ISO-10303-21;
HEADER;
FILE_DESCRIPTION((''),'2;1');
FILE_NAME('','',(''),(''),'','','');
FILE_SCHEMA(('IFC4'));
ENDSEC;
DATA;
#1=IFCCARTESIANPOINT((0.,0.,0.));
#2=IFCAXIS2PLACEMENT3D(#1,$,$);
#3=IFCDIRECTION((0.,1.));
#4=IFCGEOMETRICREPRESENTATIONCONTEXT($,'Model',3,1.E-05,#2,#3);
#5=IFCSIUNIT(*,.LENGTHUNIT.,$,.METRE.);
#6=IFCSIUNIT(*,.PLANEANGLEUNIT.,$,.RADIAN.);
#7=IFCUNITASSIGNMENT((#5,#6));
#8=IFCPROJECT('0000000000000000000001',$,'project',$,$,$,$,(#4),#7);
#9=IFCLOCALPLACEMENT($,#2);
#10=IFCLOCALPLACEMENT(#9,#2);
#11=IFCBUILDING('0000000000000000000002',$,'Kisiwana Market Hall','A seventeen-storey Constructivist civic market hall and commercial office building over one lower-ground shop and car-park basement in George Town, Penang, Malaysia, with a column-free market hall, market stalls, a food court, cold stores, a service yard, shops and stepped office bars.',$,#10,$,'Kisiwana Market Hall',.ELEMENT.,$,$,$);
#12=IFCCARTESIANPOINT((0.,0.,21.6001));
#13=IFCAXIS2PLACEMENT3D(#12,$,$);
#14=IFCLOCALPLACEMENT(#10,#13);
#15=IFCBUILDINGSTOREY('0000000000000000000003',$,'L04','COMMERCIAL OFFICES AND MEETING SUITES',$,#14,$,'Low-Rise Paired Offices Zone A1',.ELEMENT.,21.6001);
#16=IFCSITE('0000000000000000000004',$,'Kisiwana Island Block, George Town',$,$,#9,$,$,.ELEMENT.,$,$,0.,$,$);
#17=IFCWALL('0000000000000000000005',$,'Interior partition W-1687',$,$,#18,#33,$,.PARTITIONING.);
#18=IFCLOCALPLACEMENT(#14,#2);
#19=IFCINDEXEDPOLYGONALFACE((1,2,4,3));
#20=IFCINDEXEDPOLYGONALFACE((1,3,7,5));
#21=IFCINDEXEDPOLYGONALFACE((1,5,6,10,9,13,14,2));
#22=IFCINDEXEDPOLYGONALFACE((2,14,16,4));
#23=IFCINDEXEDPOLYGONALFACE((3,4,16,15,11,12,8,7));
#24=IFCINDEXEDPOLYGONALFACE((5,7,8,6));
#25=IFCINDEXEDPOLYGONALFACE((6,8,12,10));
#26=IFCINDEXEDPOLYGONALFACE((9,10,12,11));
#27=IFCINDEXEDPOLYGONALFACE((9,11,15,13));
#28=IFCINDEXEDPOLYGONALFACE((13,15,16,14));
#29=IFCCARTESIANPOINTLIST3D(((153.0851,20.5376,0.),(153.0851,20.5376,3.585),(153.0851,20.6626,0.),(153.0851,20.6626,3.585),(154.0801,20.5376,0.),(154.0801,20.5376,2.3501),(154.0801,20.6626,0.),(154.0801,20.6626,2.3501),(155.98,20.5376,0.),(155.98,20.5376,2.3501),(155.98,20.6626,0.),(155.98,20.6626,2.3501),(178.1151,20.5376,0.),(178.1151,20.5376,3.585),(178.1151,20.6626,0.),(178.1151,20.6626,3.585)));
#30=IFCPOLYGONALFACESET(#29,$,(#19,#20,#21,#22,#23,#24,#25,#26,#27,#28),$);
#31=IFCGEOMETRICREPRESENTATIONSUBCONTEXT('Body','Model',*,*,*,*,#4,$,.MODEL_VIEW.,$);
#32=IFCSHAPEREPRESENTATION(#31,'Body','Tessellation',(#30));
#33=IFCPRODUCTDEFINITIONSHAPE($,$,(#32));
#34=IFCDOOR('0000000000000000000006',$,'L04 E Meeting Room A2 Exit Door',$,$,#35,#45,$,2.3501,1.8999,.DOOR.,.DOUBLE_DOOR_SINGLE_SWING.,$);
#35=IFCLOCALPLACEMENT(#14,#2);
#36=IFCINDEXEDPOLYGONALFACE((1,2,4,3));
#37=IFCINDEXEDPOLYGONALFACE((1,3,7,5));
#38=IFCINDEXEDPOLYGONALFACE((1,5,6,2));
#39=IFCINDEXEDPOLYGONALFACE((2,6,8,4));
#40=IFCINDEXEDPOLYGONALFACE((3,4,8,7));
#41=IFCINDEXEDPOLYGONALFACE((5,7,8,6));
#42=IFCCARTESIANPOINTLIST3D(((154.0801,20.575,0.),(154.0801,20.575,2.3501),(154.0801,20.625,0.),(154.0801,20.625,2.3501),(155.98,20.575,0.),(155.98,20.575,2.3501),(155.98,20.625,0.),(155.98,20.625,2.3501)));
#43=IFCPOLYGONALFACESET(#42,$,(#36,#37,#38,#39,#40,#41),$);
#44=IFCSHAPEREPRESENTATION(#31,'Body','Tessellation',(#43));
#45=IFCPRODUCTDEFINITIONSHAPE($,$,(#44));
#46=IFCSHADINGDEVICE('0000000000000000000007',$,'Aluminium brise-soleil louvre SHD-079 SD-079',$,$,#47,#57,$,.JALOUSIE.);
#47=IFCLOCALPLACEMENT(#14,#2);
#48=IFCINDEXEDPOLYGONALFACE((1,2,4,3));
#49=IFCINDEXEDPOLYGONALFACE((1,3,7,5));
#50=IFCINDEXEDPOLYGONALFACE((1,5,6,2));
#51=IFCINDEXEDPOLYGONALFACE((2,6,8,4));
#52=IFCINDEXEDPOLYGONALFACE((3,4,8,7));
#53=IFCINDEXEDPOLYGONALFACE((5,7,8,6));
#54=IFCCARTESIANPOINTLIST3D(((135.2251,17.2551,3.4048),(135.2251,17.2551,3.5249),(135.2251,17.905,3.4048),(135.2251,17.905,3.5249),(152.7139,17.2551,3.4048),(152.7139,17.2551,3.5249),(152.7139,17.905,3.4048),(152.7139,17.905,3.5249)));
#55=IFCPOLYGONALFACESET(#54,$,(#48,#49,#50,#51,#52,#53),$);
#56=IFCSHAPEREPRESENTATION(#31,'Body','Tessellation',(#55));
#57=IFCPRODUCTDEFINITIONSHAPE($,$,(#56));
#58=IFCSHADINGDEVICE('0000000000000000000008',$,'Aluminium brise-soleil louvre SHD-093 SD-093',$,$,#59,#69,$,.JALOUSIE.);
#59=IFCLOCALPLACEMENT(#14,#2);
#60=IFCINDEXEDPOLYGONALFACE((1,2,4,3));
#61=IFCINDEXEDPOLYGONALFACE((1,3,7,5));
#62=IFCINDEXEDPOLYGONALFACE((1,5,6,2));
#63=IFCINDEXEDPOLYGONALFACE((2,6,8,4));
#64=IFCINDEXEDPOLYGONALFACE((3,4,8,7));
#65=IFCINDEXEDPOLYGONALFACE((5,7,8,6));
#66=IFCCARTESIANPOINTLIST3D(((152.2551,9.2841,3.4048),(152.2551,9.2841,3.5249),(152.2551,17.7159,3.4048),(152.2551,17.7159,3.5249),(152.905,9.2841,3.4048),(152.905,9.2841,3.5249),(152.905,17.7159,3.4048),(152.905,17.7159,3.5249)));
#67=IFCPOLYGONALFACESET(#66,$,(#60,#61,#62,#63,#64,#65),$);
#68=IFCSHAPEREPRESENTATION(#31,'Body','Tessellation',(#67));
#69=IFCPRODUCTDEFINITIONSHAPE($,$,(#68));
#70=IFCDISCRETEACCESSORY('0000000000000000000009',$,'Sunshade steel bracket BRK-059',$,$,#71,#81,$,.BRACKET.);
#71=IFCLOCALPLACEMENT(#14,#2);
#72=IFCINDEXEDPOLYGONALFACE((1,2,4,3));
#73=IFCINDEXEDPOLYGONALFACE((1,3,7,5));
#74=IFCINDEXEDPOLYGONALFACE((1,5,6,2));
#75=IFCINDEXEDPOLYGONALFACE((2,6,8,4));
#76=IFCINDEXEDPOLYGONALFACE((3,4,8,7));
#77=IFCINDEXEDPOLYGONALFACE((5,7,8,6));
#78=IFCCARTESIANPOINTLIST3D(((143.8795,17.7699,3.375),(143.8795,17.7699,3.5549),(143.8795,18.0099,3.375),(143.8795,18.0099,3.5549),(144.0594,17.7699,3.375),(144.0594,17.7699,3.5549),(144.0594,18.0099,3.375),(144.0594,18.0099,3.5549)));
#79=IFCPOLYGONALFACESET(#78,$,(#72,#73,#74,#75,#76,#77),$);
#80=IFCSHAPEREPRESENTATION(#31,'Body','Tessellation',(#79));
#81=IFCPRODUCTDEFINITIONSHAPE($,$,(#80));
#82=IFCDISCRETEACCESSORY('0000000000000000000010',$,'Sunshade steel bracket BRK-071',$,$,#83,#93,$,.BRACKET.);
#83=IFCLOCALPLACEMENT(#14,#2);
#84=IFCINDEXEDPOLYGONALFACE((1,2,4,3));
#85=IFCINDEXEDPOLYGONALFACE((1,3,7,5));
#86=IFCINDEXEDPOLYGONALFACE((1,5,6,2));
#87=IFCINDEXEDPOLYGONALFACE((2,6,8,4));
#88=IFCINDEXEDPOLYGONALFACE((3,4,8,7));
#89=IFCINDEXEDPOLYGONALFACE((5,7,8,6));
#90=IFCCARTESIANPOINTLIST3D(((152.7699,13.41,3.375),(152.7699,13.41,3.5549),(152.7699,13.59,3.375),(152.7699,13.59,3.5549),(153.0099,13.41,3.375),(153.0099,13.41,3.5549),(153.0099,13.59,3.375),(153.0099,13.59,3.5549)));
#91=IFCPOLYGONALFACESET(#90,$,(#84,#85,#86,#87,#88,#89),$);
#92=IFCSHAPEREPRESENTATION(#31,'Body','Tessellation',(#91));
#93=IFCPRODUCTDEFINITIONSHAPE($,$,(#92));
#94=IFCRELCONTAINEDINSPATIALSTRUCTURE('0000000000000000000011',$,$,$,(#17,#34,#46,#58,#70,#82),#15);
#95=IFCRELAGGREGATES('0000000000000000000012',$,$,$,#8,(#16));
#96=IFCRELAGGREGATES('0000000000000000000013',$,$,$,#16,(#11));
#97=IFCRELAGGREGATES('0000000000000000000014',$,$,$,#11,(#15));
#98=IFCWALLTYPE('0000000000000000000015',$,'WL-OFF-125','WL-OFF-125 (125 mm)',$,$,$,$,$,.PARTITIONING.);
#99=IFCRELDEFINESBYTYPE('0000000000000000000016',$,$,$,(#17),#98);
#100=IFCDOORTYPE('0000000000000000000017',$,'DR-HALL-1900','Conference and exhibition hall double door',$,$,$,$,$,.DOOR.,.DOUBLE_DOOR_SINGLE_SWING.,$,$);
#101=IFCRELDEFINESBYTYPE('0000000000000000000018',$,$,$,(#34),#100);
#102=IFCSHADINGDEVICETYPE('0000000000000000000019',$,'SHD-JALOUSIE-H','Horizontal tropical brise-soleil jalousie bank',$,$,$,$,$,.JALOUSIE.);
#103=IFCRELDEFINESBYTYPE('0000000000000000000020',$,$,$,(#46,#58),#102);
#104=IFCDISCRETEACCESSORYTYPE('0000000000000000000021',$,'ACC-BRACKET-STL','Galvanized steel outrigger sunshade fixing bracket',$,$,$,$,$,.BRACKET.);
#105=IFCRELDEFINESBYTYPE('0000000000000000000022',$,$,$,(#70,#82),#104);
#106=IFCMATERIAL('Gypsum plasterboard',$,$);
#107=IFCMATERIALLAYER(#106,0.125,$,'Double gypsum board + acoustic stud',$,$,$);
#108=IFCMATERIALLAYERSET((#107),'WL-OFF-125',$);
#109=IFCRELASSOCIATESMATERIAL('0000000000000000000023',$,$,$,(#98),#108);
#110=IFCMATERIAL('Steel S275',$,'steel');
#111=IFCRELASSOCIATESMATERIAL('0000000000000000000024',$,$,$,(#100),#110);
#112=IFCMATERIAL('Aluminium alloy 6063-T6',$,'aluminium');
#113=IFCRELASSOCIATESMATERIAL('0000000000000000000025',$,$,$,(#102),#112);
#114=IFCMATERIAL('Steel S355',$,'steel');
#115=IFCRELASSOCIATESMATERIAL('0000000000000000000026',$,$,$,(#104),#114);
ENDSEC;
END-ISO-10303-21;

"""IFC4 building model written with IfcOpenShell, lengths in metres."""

from ifc_helpers import new_model, si_unit, direction, frame, frame_2d, origin, origin_2d, place, context, subcontext, project, spatial, rectangle, extrude, material, layer, layer_set, type_object, element, fill, save


model = new_model("IFC4")

# Units and contexts
model_context = context("Model", 3, precision=1e-05, world=origin(), true_north=direction((0.0, 1.0)))
body_context = subcontext(model_context, "Body", "Model", "MODEL_VIEW")
ifc_project = project(units=[si_unit("LENGTHUNIT", "METRE"), si_unit("PLANEANGLEUNIT", "RADIAN")], contexts=[model_context])

# Site, building, storey
site_placement = place(None, origin())
site = spatial("IfcSite", under=ifc_project, at=site_placement, Name="Kisiwana Island Block, George Town", CompositionType="ELEMENT", RefElevation=0.0)
building_placement = place(site_placement, origin())
building = spatial("IfcBuilding", under=site, at=building_placement, Name="Kisiwana Market Hall", Description="A seventeen-storey Constructivist civic market hall and commercial office building over one lower-ground shop and car-park basement in George Town, Penang, Malaysia, with a column-free market hall, market stalls, a food court, cold stores, a service yard, shops and stepped office bars.", LongName="Kisiwana Market Hall", CompositionType="ELEMENT")
storey_placement = place(building_placement, frame((0.0, 0.0, 21.6001)))
storey = spatial("IfcBuildingStorey", under=building, at=storey_placement, Name="L04", Description="COMMERCIAL OFFICES AND MEETING SUITES", LongName="Low-Rise Paired Offices Zone A1", CompositionType="ELEMENT", Elevation=21.6001)

# Shared definitions
ifc_material_1 = material(Name="Gypsum plasterboard")
ifc_layer_1 = layer(ifc_material_1, 0.125, Name="Double gypsum board + acoustic stud")
ifc_layer_set_1 = layer_set([ifc_layer_1], Name="WL-OFF-125")
wall_type_1 = type_object("IfcWallType", Name="WL-OFF-125", Description="WL-OFF-125 (125 mm)", PredefinedType="PARTITIONING", material=ifc_layer_set_1)

# Wall, opening, door
wall_1_placement = place(storey_placement, frame((153.085, 20.6001, 0.0), z_axis=(0.0, 0.0, 1.0), x_axis=(1.0, 0.0, 0.0)))
wall_1 = element("IfcWall", 1, at=wall_1_placement, inside=storey, type_object=wall_type_1, Name="Interior partition W-1687", PredefinedType="PARTITIONING", context=body_context, shape_type="SweptSolid", body=[
    extrude(rectangle(XDim=25.03, YDim=0.125, at=frame_2d((12.5151, 0.0))), origin(), (0.0, 0.0, 1.0), 3.585),
])
opening_1_placement = place(wall_1_placement, frame((0.9951, 0.0, 0.0)))
opening_1 = element("IfcOpeningElement", 2, at=opening_1_placement, cuts=wall_1, PredefinedType="OPENING", context=body_context, shape_type="SweptSolid", body=[
    extrude(rectangle(XDim=1.8999, YDim=2.3501, at=frame_2d((0.95, 1.175))), frame((0.0, 0.0745, 0.0), z_axis=(0.0, -1.0, 0.0), x_axis=(1.0, 0.0, 0.0)), (0.0, 0.0, 1.0), 0.1489),
])
ifc_material_2 = material(Name="Steel S275", Category="steel")
door_type_1 = type_object("IfcDoorType", Name="DR-HALL-1900", Description="Conference and exhibition hall double door", OperationType="DOUBLE_DOOR_SINGLE_SWING", PredefinedType="DOOR", material=ifc_material_2)
door_1_placement = place(opening_1_placement, origin())
door_1 = element("IfcDoor", 3, at=door_1_placement, inside=storey, type_object=door_type_1, Name="L04 E Meeting Room A2 Exit Door", OperationType="DOUBLE_DOOR_SINGLE_SWING", OverallHeight=2.3501, OverallWidth=1.8999, PredefinedType="DOOR", context=body_context, shape_type="SweptSolid", body=[
    extrude(rectangle(XDim=1.8999, YDim=2.3501, at=frame_2d((0.95, 1.175))), frame((0.0, 0.0249, 0.0), z_axis=(0.0, -1.0, 0.0), x_axis=(1.0, 0.0, 0.0)), (0.0, 0.0, 1.0), 0.05),
])
fill(opening_1, door_1)

# Shading devices
ifc_material_3 = material(Name="Aluminium alloy 6063-T6", Category="aluminium")
shading_device_type = type_object("IfcShadingDeviceType", Name="SHD-JALOUSIE-H", Description="Horizontal tropical brise-soleil jalousie bank", PredefinedType="JALOUSIE", material=ifc_material_3)
shading_device_1_placement = place(storey_placement, frame((143.9695, 17.5801, 3.4048), z_axis=(0.0, 0.0, 1.0), x_axis=(1.0, 0.0, 0.0)))
element("IfcShadingDevice", 4, at=shading_device_1_placement, inside=storey, type_object=shading_device_type, Name="Aluminium brise-soleil louvre SHD-079 SD-079", PredefinedType="JALOUSIE", context=body_context, shape_type="SweptSolid", body=[
    extrude(rectangle(XDim=17.4888, YDim=0.6499, at=origin_2d()), origin(), (0.0, 0.0, 1.0), 0.1201),
])
shading_device_2_placement = place(storey_placement, frame((152.5801, 13.5, 3.4048), z_axis=(0.0, 0.0, 1.0), x_axis=(0.0, 1.0, 0.0)))
element("IfcShadingDevice", 5, at=shading_device_2_placement, inside=storey, type_object=shading_device_type, Name="Aluminium brise-soleil louvre SHD-093 SD-093", PredefinedType="JALOUSIE", context=body_context, shape_type="SweptSolid", body=[
    extrude(rectangle(XDim=8.4319, YDim=0.6499, at=origin_2d()), origin(), (0.0, 0.0, 1.0), 0.1201),
])

# Discrete accessories
ifc_material_4 = material(Name="Steel S355", Category="steel")
discrete_accessory_type = type_object("IfcDiscreteAccessoryType", Name="ACC-BRACKET-STL", Description="Galvanized steel outrigger sunshade fixing bracket", PredefinedType="BRACKET", material=ifc_material_4)
for number, where, z_axis, x_axis, name in (
    (6, (143.9695, 17.8899, 3.375), (0.0, 0.0, 1.0), (1.0, 0.0, 0.0), "Sunshade steel bracket BRK-059"),
    (7, (152.8899, 13.5, 3.375), (0.0, 0.0, 1.0), (0.0, 1.0, 0.0), "Sunshade steel bracket BRK-071"),
):
    element("IfcDiscreteAccessory", number, at=place(storey_placement, frame(where, z_axis=z_axis, x_axis=x_axis)), inside=storey, type_object=discrete_accessory_type, Name=name, PredefinedType="BRACKET", context=body_context, shape_type="SweptSolid", body=[
        extrude(rectangle(XDim=0.1799, YDim=0.24, at=origin_2d()), origin(), (0.0, 0.0, 1.0), 0.1799),
    ])

save(model, "model.ifc")
